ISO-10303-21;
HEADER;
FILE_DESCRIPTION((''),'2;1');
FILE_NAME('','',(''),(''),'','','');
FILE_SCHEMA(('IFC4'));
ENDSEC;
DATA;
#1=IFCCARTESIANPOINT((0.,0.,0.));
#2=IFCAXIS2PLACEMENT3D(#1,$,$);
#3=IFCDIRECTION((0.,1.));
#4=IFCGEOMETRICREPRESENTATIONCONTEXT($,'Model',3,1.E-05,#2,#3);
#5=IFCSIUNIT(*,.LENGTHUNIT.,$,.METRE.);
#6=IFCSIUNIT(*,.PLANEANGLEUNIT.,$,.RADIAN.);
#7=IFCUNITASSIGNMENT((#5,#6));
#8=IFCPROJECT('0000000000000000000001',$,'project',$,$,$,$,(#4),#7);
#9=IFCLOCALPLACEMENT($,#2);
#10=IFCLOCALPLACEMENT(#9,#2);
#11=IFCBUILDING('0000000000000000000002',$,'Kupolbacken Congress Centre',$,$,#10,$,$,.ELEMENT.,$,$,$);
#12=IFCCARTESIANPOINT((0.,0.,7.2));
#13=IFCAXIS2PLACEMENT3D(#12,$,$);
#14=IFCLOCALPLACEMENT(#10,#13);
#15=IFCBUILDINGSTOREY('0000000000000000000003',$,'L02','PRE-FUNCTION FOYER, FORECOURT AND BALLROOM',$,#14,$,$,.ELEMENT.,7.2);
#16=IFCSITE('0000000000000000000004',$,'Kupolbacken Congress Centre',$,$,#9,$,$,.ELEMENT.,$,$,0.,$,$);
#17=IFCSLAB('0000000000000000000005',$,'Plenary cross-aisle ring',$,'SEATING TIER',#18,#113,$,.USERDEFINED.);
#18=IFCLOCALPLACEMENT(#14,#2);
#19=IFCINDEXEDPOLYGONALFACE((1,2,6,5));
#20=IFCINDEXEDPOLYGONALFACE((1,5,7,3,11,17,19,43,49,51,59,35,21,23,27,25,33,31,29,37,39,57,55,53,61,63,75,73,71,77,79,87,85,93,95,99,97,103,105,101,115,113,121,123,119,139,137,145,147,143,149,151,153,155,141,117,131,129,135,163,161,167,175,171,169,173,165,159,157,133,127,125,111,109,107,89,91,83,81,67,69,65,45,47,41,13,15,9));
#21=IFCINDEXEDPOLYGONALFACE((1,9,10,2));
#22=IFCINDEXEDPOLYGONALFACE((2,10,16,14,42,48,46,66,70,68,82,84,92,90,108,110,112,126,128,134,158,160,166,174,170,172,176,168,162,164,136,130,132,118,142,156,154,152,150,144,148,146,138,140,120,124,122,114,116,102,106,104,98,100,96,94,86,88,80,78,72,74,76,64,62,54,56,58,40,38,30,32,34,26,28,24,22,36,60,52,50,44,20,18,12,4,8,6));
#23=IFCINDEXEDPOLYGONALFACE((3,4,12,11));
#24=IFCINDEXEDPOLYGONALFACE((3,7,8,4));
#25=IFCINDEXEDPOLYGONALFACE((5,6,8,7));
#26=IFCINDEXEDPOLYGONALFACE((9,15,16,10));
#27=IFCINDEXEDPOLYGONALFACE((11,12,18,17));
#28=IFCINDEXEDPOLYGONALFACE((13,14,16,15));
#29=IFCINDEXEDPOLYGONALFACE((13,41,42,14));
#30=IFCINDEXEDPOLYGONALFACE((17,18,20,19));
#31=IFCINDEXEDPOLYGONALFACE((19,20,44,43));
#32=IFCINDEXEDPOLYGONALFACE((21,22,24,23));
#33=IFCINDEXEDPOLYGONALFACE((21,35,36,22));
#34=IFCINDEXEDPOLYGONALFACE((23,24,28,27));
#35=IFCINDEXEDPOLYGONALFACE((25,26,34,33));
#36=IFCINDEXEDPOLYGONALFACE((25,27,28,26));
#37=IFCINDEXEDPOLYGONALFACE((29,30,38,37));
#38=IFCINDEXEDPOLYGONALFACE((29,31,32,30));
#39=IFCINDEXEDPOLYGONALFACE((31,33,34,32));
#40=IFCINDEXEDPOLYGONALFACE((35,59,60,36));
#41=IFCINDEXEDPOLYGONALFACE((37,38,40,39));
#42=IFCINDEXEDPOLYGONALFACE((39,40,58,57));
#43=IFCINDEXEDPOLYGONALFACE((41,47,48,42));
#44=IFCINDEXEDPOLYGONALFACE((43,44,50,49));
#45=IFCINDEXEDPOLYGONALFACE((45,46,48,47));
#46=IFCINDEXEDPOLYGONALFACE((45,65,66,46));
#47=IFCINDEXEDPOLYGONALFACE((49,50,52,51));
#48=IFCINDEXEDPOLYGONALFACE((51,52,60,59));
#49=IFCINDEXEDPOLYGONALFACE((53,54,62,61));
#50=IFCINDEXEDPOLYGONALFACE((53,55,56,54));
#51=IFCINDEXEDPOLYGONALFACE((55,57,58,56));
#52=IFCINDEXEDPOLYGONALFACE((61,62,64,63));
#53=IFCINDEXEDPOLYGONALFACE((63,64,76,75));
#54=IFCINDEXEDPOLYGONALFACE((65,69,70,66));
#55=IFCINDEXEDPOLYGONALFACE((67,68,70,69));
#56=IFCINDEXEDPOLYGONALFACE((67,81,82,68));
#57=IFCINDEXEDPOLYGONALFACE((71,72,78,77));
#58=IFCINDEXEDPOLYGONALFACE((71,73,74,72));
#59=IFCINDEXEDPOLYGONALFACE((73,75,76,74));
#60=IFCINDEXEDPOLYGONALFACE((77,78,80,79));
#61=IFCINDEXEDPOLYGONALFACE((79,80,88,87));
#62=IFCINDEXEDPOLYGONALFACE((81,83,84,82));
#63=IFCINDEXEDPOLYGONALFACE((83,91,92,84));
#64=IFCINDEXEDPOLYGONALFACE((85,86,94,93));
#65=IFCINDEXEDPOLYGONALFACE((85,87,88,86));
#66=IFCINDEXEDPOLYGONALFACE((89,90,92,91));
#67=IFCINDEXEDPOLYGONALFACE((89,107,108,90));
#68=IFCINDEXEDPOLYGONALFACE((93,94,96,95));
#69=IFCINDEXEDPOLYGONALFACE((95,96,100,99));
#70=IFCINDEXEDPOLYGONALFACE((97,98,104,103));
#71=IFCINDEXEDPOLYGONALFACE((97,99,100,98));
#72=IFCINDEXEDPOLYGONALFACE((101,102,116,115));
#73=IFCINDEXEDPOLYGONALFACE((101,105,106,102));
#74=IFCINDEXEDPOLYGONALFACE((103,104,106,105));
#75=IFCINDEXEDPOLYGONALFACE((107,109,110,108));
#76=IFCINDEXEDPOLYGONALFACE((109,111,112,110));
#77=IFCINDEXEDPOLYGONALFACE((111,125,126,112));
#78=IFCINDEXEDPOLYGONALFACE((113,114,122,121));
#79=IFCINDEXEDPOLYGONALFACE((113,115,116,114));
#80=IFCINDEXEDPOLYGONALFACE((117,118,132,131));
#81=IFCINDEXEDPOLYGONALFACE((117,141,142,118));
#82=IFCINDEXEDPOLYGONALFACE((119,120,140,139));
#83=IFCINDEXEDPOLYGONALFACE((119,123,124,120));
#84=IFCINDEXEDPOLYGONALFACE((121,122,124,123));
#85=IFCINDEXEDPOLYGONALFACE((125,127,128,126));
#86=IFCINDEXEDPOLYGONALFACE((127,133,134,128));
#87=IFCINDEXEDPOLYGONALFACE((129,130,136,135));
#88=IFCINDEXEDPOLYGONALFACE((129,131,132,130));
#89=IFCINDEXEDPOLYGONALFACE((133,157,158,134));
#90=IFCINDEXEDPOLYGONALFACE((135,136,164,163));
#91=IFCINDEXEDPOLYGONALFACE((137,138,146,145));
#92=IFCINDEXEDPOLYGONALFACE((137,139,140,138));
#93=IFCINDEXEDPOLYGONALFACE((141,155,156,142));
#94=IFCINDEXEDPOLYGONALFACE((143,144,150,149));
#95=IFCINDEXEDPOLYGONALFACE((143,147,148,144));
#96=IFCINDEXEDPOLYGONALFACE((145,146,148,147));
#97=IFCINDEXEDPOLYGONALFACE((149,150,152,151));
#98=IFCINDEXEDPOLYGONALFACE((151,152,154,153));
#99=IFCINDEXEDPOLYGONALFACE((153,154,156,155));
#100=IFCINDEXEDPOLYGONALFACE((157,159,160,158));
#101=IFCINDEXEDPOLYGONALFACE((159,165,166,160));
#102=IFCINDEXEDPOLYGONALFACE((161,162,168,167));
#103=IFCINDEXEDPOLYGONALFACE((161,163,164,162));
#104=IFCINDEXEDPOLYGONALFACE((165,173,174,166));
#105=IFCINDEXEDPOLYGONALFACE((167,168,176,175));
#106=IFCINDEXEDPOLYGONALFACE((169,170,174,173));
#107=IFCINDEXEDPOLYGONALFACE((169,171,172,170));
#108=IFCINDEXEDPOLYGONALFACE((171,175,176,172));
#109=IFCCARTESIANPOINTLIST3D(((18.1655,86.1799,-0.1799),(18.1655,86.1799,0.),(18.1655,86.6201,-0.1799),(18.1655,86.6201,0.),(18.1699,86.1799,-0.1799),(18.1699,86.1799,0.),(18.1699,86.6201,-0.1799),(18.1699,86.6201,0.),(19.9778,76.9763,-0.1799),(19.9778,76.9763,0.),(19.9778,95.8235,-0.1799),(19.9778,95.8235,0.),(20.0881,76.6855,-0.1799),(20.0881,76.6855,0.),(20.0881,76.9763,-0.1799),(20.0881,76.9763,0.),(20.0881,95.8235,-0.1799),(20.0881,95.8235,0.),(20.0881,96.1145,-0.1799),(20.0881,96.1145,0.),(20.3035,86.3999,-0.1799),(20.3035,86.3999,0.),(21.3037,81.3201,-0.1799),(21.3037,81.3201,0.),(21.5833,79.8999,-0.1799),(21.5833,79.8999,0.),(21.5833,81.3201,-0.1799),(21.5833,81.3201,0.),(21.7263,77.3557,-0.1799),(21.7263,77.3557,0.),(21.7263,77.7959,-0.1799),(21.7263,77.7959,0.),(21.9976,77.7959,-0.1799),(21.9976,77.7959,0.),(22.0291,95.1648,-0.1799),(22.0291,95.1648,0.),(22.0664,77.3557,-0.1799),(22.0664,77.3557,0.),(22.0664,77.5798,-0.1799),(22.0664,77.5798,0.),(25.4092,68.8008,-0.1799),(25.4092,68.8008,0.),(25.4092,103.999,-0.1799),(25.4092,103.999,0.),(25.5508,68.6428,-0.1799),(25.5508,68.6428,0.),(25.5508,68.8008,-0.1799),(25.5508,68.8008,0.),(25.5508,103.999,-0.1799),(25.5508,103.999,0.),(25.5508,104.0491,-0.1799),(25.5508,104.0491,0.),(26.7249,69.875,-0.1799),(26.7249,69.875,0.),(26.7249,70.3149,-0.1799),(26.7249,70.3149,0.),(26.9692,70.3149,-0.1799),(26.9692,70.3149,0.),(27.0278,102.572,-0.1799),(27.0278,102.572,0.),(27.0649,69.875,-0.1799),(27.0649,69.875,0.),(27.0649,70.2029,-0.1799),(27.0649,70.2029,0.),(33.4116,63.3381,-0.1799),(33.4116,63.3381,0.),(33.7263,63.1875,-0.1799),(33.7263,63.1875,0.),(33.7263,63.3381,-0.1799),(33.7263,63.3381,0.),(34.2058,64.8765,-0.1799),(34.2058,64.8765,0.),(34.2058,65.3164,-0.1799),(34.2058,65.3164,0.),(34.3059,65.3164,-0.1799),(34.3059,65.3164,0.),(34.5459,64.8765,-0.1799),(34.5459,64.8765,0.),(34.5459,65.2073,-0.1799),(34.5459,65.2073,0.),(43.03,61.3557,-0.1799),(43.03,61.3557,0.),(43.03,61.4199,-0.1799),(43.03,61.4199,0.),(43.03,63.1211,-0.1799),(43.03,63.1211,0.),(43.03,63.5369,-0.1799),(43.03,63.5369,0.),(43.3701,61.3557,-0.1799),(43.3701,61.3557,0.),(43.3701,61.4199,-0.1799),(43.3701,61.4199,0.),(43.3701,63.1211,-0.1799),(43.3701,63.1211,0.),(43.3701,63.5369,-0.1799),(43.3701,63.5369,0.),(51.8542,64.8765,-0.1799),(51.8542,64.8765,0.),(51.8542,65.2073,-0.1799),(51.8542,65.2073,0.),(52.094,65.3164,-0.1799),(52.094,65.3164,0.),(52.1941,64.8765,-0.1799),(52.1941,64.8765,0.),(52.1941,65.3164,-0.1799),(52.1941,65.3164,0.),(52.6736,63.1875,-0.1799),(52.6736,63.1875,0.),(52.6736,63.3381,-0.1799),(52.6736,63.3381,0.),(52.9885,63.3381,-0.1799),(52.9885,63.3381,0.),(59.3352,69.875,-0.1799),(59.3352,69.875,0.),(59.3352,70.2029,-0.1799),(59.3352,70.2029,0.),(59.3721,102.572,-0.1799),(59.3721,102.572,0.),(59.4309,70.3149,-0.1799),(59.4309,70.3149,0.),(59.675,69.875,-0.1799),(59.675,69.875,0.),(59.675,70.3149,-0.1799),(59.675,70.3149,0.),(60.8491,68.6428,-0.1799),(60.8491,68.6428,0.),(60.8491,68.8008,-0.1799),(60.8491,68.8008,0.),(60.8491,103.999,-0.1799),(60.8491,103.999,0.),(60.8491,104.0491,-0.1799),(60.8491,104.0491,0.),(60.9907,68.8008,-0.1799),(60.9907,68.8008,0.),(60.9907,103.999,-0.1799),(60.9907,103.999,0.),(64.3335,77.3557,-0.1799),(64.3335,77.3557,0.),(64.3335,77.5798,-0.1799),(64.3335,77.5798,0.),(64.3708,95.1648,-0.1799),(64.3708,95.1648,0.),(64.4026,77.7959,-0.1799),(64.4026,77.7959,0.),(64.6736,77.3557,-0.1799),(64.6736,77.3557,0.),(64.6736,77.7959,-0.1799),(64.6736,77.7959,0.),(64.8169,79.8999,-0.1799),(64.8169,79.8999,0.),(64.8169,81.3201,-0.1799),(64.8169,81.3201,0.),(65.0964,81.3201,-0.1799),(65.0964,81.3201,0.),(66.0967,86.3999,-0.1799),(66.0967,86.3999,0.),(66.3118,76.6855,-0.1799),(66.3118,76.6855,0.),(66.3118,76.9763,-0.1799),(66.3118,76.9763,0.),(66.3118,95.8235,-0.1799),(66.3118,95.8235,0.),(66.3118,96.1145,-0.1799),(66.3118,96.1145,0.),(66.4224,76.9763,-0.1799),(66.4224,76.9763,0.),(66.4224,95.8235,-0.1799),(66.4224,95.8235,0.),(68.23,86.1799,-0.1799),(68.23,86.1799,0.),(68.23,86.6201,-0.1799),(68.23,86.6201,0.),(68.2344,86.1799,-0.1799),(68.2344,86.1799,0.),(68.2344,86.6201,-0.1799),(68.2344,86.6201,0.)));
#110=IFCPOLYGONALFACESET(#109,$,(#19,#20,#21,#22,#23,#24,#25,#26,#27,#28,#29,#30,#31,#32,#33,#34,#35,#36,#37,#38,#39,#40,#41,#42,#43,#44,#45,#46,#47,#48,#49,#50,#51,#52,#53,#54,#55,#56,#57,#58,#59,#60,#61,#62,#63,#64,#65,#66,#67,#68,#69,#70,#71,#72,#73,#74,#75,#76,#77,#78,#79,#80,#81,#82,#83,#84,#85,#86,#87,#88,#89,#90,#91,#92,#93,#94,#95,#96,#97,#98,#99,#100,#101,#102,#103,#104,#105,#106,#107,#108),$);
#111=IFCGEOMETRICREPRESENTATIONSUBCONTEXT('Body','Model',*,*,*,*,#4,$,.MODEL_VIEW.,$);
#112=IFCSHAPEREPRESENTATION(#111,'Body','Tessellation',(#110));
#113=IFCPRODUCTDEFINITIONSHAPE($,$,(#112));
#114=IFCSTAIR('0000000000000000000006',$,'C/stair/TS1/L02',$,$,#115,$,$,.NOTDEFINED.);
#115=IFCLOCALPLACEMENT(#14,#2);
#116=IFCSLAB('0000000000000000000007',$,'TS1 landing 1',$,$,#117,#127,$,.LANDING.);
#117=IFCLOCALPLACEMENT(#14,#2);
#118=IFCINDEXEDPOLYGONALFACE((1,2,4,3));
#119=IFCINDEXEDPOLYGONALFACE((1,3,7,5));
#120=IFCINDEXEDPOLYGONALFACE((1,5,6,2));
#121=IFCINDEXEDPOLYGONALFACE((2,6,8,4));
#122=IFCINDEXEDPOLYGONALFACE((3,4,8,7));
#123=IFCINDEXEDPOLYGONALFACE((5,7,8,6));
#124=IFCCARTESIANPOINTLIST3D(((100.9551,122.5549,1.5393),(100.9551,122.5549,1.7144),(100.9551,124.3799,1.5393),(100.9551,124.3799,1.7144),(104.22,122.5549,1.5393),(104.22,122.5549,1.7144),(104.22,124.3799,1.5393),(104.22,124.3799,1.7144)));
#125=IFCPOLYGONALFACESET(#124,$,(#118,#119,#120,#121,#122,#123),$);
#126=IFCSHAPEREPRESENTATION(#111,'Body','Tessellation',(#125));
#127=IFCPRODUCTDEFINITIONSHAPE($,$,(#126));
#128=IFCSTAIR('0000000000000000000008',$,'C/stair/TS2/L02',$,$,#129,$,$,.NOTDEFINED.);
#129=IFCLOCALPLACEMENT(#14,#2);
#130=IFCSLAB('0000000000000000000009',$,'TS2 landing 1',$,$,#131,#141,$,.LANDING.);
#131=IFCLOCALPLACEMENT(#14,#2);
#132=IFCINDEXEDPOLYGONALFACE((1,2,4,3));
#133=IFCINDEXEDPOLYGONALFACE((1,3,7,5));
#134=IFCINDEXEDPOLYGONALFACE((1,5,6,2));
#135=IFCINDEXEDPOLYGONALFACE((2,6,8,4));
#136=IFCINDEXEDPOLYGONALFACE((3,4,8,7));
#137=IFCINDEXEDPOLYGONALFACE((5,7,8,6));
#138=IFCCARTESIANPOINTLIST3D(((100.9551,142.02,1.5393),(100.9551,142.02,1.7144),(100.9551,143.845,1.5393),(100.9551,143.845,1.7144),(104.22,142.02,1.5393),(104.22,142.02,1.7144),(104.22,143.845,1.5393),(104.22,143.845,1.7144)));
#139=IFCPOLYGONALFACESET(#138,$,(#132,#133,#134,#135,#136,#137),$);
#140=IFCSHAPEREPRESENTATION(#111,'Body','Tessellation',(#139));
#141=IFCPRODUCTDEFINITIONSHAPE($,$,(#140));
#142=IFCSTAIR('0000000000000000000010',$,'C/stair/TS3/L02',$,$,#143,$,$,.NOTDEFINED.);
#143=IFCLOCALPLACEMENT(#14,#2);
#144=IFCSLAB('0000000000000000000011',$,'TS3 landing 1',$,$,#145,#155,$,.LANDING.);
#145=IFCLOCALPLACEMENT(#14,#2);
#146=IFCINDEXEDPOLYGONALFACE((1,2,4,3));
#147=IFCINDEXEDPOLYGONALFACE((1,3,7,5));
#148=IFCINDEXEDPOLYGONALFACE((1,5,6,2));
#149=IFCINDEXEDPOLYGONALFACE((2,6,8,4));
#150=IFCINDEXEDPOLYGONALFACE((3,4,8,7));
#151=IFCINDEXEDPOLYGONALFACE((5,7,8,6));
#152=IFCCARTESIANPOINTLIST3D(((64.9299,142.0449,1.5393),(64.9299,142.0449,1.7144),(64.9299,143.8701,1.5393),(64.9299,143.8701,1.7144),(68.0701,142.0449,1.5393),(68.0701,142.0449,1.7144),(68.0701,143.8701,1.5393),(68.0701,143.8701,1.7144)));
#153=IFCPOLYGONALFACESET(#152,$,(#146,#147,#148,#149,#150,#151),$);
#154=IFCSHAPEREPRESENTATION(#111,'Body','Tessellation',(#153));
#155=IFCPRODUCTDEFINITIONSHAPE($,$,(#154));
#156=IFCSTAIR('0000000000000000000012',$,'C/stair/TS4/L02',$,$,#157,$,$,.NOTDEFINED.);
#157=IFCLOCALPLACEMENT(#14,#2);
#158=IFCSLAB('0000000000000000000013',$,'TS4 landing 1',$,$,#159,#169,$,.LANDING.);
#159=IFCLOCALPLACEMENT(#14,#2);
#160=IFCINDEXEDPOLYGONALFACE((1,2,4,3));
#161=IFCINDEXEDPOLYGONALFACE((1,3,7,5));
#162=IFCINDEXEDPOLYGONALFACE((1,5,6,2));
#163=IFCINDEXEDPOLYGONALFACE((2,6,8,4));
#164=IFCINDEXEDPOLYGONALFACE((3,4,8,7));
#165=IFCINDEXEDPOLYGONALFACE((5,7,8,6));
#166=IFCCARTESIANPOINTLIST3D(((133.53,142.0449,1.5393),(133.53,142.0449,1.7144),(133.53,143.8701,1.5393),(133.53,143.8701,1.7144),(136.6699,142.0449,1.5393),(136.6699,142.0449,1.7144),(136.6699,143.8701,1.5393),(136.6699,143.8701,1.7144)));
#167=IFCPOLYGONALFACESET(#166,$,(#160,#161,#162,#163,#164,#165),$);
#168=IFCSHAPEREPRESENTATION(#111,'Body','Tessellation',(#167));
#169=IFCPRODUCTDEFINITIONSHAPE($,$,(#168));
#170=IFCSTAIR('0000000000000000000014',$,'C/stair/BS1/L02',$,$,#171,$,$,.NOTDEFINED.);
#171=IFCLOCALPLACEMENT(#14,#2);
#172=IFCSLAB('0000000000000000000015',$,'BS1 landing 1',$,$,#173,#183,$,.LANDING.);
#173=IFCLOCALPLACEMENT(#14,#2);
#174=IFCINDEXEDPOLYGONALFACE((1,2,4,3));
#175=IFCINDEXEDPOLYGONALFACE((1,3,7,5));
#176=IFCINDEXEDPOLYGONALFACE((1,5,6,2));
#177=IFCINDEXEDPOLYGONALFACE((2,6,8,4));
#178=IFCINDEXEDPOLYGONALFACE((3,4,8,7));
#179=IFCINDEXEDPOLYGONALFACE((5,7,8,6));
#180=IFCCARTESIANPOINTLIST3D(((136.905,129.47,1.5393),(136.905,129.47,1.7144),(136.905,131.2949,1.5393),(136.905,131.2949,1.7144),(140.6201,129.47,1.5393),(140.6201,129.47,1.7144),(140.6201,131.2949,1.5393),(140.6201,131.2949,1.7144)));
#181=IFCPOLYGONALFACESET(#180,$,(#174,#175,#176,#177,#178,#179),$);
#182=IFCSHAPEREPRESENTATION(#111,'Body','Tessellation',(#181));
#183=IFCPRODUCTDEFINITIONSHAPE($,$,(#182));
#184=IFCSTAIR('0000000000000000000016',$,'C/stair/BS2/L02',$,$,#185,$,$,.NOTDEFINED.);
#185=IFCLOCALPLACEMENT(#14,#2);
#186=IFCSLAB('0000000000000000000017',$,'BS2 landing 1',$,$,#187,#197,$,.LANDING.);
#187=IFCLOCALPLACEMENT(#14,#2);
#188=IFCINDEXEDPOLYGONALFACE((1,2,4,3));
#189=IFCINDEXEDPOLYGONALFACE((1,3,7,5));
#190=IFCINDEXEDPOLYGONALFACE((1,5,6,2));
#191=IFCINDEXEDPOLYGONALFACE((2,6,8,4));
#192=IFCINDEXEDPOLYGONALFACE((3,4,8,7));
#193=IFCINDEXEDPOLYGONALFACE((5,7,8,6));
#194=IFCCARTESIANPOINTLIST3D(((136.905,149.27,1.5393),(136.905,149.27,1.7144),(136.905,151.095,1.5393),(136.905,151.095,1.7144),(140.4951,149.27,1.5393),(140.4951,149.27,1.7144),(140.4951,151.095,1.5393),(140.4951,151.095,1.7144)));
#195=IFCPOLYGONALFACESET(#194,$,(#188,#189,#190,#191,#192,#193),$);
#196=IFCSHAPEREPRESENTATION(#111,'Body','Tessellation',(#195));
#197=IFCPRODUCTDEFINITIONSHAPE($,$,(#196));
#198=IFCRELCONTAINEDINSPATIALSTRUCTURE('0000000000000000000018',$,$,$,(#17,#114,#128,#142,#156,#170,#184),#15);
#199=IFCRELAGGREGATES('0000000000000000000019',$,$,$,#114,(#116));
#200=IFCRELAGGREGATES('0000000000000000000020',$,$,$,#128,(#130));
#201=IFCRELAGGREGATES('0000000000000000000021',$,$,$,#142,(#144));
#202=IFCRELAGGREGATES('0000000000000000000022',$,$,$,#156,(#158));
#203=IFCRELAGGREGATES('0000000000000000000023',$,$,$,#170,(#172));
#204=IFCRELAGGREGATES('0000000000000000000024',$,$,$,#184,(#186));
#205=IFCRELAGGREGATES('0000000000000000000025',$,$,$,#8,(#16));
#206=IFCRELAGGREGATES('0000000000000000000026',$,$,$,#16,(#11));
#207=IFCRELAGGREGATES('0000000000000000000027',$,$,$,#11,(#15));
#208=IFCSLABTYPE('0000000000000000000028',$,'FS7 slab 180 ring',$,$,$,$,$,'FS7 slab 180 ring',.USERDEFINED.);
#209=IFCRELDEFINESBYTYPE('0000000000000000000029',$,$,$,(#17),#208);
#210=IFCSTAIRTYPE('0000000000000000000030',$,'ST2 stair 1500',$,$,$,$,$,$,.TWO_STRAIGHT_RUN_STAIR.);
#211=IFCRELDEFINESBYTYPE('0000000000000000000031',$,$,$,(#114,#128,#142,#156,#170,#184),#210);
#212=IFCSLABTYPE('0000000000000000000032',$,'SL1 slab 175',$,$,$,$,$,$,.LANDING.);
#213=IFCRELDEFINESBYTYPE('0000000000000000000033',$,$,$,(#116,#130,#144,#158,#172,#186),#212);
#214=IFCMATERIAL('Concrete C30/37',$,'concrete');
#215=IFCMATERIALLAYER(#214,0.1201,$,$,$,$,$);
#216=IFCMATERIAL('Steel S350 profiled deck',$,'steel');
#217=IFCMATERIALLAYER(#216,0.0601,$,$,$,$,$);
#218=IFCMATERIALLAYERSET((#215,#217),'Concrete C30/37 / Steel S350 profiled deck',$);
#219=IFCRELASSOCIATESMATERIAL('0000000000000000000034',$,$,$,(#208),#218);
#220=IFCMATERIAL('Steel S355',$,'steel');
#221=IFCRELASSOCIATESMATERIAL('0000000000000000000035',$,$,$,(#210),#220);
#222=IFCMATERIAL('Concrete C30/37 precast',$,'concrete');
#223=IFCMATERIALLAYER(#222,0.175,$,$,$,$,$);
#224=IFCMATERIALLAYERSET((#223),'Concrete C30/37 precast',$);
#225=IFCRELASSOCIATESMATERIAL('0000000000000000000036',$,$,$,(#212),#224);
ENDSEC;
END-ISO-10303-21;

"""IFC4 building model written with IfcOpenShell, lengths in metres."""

from ifc_helpers import new_model, si_unit, direction, frame, origin, place, context, subcontext, project, spatial, polyline, outline, extrude, material, layer, layer_set, type_object, element, aggregate, save


model = new_model("IFC4")

# Units and contexts
model_context = context("Model", 3, precision=1e-05, world=origin(), true_north=direction((0.0, 1.0)))
body_context = subcontext(model_context, "Body", "Model", "MODEL_VIEW")
ifc_project = project(units=[si_unit("LENGTHUNIT", "METRE"), si_unit("PLANEANGLEUNIT", "RADIAN")], contexts=[model_context])

# Site, building, storey
site_placement = place(None, origin())
site = spatial("IfcSite", under=ifc_project, at=site_placement, Name="Kupolbacken Congress Centre", CompositionType="ELEMENT", RefElevation=0.0)
building_placement = place(site_placement, origin())
building = spatial("IfcBuilding", under=site, at=building_placement, Name="Kupolbacken Congress Centre", CompositionType="ELEMENT")
storey_placement = place(building_placement, frame((0.0, 0.0, 7.2)))
storey = spatial("IfcBuildingStorey", under=building, at=storey_placement, Name="L02", Description="PRE-FUNCTION FOYER, FORECOURT AND BALLROOM", CompositionType="ELEMENT", Elevation=7.2)

# Slab
ifc_material_1 = material(Name="Concrete C30/37", Category="concrete")
ifc_layer_1 = layer(ifc_material_1, 0.1201)
ifc_material_2 = material(Name="Steel S350 profiled deck", Category="steel")
ifc_layer_2 = layer(ifc_material_2, 0.0601)
ifc_layer_set_1 = layer_set([ifc_layer_1, ifc_layer_2], Name="Concrete C30/37 / Steel S350 profiled deck")
slab_type_1 = type_object("IfcSlabType", Name="FS7 slab 180 ring", ElementType="FS7 slab 180 ring", PredefinedType="USERDEFINED", material=ifc_layer_set_1)
slab_1_placement = place(storey_placement, frame((0.0, 0.0, -0.1799)))
element("IfcSlab", 1, at=slab_1_placement, inside=storey, type_object=slab_type_1, Name="Plenary cross-aisle ring", ObjectType="SEATING TIER", PredefinedType="USERDEFINED", context=body_context, shape_type="SweptSolid", body=[
    extrude(outline(polyline([(43.3701, 61.3557), (43.3701, 61.4199), (43.03, 61.4199), (43.03, 61.3557), (33.7263, 63.1875), (33.7263, 63.3381), (33.4116, 63.3381), (25.5508, 68.6428), (25.5508, 68.8008), (25.4092, 68.8008), (20.0881, 76.6855), (20.0881, 76.9763), (19.9778, 76.9763), (18.1655, 86.1799), (18.1699, 86.1799), (18.1699, 86.6201), (18.1655, 86.6201), (19.9778, 95.8235), (20.0881, 95.8235), (20.0881, 96.1145), (25.4092, 103.999), (25.5508, 103.999), (25.5508, 104.0491), (27.0278, 102.572), (27.0278, 102.572), (22.0291, 95.1648), (20.3035, 86.3999), (21.3037, 81.3201), (21.5833, 81.3201), (21.5833, 79.8999), (21.9976, 77.7959), (21.7263, 77.7959), (21.7263, 77.3557), (22.0664, 77.3557), (22.0664, 77.5798), (26.9692, 70.3149), (26.7249, 70.3149), (26.7249, 69.875), (27.0649, 69.875), (27.0649, 70.2029), (34.3059, 65.3164), (34.2058, 65.3164), (34.2058, 64.8765), (34.5459, 64.8765), (34.5459, 65.2073), (43.03, 63.5369), (43.03, 63.1211), (43.3701, 63.1211), (43.3701, 63.5369), (51.8542, 65.2073), (51.8542, 64.8765), (52.1941, 64.8765), (52.1941, 65.3164), (52.094, 65.3164), (59.3352, 70.2029), (59.3352, 69.875), (59.675, 69.875), (59.675, 70.3149), (59.4309, 70.3149), (64.3335, 77.5798), (64.3335, 77.3557), (64.6736, 77.3557), (64.6736, 77.7959), (64.4026, 77.7959), (64.8169, 79.8999), (64.8169, 81.3201), (65.0964, 81.3201), (66.0967, 86.3999), (64.3708, 95.1648), (59.3721, 102.572), (60.8491, 104.0491), (60.8491, 103.999), (60.9907, 103.999), (66.3118, 96.1145), (66.3118, 95.8235), (66.4224, 95.8235), (68.2344, 86.6201), (68.23, 86.6201), (68.23, 86.1799), (68.2344, 86.1799), (66.4224, 76.9763), (66.3118, 76.9763), (66.3118, 76.6855), (60.9907, 68.8008), (60.8491, 68.8008), (60.8491, 68.6428), (52.9885, 63.3381), (52.6736, 63.3381), (52.6736, 63.1875), (43.3701, 61.3557)])), origin(), (0.0, 0.0, 1.0), 0.1799),
])

# Stairs, slabs
ifc_material_3 = material(Name="Steel S355", Category="steel")
stair_type_1 = type_object("IfcStairType", Name="ST2 stair 1500", PredefinedType="TWO_STRAIGHT_RUN_STAIR", material=ifc_material_3)
stair_1_placement = place(storey_placement, origin())
stair_1 = element("IfcStair", 2, at=stair_1_placement, inside=storey, type_object=stair_type_1, Name="C/stair/TS1/L02", PredefinedType="NOTDEFINED")
ifc_material_4 = material(Name="Concrete C30/37 precast", Category="concrete")
ifc_layer_3 = layer(ifc_material_4, 0.175)
ifc_layer_set_2 = layer_set([ifc_layer_3], Name="Concrete C30/37 precast")
slab_type_2 = type_object("IfcSlabType", Name="SL1 slab 175", PredefinedType="LANDING", material=ifc_layer_set_2)
slab_2_placement = place(storey_placement, frame((0.0, 0.0, 1.5393)))
slab_2 = element("IfcSlab", 3, at=slab_2_placement, type_object=slab_type_2, Name="TS1 landing 1", PredefinedType="LANDING", context=body_context, shape_type="SweptSolid", body=[
    extrude(outline(polyline([(100.9551, 122.5549), (104.22, 122.5549), (104.22, 124.3799), (100.9551, 124.3799), (100.9551, 122.5549)])), origin(), (0.0, 0.0, 1.0), 0.175),
])
aggregate(stair_1, [slab_2])
stair_2_placement = place(storey_placement, origin())
stair_2 = element("IfcStair", 4, at=stair_2_placement, inside=storey, type_object=stair_type_1, Name="C/stair/TS2/L02", PredefinedType="NOTDEFINED")
slab_3_placement = place(storey_placement, frame((0.0, 0.0, 1.5393)))
slab_3 = element("IfcSlab", 5, at=slab_3_placement, type_object=slab_type_2, Name="TS2 landing 1", PredefinedType="LANDING", context=body_context, shape_type="SweptSolid", body=[
    extrude(outline(polyline([(100.9551, 142.02), (104.22, 142.02), (104.22, 143.845), (100.9551, 143.845), (100.9551, 142.02)])), origin(), (0.0, 0.0, 1.0), 0.175),
])
aggregate(stair_2, [slab_3])
stair_3_placement = place(storey_placement, origin())
stair_3 = element("IfcStair", 6, at=stair_3_placement, inside=storey, type_object=stair_type_1, Name="C/stair/TS3/L02", PredefinedType="NOTDEFINED")
slab_4_placement = place(storey_placement, frame((0.0, 0.0, 1.5393)))
slab_4 = element("IfcSlab", 7, at=slab_4_placement, type_object=slab_type_2, Name="TS3 landing 1", PredefinedType="LANDING", context=body_context, shape_type="SweptSolid", body=[
    extrude(outline(polyline([(64.9299, 142.0449), (68.0701, 142.0449), (68.0701, 143.8701), (64.9299, 143.8701), (64.9299, 142.0449)])), origin(), (0.0, 0.0, 1.0), 0.175),
])
aggregate(stair_3, [slab_4])
stair_4_placement = place(storey_placement, origin())
stair_4 = element("IfcStair", 8, at=stair_4_placement, inside=storey, type_object=stair_type_1, Name="C/stair/TS4/L02", PredefinedType="NOTDEFINED")
slab_5_placement = place(storey_placement, frame((0.0, 0.0, 1.5393)))
slab_5 = element("IfcSlab", 9, at=slab_5_placement, type_object=slab_type_2, Name="TS4 landing 1", PredefinedType="LANDING", context=body_context, shape_type="SweptSolid", body=[
    extrude(outline(polyline([(133.53, 142.0449), (136.6699, 142.0449), (136.6699, 143.8701), (133.53, 143.8701), (133.53, 142.0449)])), origin(), (0.0, 0.0, 1.0), 0.175),
])
aggregate(stair_4, [slab_5])
stair_5_placement = place(storey_placement, origin())
stair_5 = element("IfcStair", 10, at=stair_5_placement, inside=storey, type_object=stair_type_1, Name="C/stair/BS1/L02", PredefinedType="NOTDEFINED")
slab_6_placement = place(storey_placement, frame((0.0, 0.0, 1.5393)))
slab_6 = element("IfcSlab", 11, at=slab_6_placement, type_object=slab_type_2, Name="BS1 landing 1", PredefinedType="LANDING", context=body_context, shape_type="SweptSolid", body=[
    extrude(outline(polyline([(136.905, 129.47), (140.6201, 129.47), (140.6201, 131.2949), (136.905, 131.2949), (136.905, 129.47)])), origin(), (0.0, 0.0, 1.0), 0.175),
])
aggregate(stair_5, [slab_6])
stair_6_placement = place(storey_placement, origin())
stair_6 = element("IfcStair", 12, at=stair_6_placement, inside=storey, type_object=stair_type_1, Name="C/stair/BS2/L02", PredefinedType="NOTDEFINED")
slab_7_placement = place(storey_placement, frame((0.0, 0.0, 1.5393)))
slab_7 = element("IfcSlab", 13, at=slab_7_placement, type_object=slab_type_2, Name="BS2 landing 1", PredefinedType="LANDING", context=body_context, shape_type="SweptSolid", body=[
    extrude(outline(polyline([(136.905, 149.27), (140.4951, 149.27), (140.4951, 151.095), (136.905, 151.095), (136.905, 149.27)])), origin(), (0.0, 0.0, 1.0), 0.175),
])
aggregate(stair_6, [slab_7])

save(model, "model.ifc")
